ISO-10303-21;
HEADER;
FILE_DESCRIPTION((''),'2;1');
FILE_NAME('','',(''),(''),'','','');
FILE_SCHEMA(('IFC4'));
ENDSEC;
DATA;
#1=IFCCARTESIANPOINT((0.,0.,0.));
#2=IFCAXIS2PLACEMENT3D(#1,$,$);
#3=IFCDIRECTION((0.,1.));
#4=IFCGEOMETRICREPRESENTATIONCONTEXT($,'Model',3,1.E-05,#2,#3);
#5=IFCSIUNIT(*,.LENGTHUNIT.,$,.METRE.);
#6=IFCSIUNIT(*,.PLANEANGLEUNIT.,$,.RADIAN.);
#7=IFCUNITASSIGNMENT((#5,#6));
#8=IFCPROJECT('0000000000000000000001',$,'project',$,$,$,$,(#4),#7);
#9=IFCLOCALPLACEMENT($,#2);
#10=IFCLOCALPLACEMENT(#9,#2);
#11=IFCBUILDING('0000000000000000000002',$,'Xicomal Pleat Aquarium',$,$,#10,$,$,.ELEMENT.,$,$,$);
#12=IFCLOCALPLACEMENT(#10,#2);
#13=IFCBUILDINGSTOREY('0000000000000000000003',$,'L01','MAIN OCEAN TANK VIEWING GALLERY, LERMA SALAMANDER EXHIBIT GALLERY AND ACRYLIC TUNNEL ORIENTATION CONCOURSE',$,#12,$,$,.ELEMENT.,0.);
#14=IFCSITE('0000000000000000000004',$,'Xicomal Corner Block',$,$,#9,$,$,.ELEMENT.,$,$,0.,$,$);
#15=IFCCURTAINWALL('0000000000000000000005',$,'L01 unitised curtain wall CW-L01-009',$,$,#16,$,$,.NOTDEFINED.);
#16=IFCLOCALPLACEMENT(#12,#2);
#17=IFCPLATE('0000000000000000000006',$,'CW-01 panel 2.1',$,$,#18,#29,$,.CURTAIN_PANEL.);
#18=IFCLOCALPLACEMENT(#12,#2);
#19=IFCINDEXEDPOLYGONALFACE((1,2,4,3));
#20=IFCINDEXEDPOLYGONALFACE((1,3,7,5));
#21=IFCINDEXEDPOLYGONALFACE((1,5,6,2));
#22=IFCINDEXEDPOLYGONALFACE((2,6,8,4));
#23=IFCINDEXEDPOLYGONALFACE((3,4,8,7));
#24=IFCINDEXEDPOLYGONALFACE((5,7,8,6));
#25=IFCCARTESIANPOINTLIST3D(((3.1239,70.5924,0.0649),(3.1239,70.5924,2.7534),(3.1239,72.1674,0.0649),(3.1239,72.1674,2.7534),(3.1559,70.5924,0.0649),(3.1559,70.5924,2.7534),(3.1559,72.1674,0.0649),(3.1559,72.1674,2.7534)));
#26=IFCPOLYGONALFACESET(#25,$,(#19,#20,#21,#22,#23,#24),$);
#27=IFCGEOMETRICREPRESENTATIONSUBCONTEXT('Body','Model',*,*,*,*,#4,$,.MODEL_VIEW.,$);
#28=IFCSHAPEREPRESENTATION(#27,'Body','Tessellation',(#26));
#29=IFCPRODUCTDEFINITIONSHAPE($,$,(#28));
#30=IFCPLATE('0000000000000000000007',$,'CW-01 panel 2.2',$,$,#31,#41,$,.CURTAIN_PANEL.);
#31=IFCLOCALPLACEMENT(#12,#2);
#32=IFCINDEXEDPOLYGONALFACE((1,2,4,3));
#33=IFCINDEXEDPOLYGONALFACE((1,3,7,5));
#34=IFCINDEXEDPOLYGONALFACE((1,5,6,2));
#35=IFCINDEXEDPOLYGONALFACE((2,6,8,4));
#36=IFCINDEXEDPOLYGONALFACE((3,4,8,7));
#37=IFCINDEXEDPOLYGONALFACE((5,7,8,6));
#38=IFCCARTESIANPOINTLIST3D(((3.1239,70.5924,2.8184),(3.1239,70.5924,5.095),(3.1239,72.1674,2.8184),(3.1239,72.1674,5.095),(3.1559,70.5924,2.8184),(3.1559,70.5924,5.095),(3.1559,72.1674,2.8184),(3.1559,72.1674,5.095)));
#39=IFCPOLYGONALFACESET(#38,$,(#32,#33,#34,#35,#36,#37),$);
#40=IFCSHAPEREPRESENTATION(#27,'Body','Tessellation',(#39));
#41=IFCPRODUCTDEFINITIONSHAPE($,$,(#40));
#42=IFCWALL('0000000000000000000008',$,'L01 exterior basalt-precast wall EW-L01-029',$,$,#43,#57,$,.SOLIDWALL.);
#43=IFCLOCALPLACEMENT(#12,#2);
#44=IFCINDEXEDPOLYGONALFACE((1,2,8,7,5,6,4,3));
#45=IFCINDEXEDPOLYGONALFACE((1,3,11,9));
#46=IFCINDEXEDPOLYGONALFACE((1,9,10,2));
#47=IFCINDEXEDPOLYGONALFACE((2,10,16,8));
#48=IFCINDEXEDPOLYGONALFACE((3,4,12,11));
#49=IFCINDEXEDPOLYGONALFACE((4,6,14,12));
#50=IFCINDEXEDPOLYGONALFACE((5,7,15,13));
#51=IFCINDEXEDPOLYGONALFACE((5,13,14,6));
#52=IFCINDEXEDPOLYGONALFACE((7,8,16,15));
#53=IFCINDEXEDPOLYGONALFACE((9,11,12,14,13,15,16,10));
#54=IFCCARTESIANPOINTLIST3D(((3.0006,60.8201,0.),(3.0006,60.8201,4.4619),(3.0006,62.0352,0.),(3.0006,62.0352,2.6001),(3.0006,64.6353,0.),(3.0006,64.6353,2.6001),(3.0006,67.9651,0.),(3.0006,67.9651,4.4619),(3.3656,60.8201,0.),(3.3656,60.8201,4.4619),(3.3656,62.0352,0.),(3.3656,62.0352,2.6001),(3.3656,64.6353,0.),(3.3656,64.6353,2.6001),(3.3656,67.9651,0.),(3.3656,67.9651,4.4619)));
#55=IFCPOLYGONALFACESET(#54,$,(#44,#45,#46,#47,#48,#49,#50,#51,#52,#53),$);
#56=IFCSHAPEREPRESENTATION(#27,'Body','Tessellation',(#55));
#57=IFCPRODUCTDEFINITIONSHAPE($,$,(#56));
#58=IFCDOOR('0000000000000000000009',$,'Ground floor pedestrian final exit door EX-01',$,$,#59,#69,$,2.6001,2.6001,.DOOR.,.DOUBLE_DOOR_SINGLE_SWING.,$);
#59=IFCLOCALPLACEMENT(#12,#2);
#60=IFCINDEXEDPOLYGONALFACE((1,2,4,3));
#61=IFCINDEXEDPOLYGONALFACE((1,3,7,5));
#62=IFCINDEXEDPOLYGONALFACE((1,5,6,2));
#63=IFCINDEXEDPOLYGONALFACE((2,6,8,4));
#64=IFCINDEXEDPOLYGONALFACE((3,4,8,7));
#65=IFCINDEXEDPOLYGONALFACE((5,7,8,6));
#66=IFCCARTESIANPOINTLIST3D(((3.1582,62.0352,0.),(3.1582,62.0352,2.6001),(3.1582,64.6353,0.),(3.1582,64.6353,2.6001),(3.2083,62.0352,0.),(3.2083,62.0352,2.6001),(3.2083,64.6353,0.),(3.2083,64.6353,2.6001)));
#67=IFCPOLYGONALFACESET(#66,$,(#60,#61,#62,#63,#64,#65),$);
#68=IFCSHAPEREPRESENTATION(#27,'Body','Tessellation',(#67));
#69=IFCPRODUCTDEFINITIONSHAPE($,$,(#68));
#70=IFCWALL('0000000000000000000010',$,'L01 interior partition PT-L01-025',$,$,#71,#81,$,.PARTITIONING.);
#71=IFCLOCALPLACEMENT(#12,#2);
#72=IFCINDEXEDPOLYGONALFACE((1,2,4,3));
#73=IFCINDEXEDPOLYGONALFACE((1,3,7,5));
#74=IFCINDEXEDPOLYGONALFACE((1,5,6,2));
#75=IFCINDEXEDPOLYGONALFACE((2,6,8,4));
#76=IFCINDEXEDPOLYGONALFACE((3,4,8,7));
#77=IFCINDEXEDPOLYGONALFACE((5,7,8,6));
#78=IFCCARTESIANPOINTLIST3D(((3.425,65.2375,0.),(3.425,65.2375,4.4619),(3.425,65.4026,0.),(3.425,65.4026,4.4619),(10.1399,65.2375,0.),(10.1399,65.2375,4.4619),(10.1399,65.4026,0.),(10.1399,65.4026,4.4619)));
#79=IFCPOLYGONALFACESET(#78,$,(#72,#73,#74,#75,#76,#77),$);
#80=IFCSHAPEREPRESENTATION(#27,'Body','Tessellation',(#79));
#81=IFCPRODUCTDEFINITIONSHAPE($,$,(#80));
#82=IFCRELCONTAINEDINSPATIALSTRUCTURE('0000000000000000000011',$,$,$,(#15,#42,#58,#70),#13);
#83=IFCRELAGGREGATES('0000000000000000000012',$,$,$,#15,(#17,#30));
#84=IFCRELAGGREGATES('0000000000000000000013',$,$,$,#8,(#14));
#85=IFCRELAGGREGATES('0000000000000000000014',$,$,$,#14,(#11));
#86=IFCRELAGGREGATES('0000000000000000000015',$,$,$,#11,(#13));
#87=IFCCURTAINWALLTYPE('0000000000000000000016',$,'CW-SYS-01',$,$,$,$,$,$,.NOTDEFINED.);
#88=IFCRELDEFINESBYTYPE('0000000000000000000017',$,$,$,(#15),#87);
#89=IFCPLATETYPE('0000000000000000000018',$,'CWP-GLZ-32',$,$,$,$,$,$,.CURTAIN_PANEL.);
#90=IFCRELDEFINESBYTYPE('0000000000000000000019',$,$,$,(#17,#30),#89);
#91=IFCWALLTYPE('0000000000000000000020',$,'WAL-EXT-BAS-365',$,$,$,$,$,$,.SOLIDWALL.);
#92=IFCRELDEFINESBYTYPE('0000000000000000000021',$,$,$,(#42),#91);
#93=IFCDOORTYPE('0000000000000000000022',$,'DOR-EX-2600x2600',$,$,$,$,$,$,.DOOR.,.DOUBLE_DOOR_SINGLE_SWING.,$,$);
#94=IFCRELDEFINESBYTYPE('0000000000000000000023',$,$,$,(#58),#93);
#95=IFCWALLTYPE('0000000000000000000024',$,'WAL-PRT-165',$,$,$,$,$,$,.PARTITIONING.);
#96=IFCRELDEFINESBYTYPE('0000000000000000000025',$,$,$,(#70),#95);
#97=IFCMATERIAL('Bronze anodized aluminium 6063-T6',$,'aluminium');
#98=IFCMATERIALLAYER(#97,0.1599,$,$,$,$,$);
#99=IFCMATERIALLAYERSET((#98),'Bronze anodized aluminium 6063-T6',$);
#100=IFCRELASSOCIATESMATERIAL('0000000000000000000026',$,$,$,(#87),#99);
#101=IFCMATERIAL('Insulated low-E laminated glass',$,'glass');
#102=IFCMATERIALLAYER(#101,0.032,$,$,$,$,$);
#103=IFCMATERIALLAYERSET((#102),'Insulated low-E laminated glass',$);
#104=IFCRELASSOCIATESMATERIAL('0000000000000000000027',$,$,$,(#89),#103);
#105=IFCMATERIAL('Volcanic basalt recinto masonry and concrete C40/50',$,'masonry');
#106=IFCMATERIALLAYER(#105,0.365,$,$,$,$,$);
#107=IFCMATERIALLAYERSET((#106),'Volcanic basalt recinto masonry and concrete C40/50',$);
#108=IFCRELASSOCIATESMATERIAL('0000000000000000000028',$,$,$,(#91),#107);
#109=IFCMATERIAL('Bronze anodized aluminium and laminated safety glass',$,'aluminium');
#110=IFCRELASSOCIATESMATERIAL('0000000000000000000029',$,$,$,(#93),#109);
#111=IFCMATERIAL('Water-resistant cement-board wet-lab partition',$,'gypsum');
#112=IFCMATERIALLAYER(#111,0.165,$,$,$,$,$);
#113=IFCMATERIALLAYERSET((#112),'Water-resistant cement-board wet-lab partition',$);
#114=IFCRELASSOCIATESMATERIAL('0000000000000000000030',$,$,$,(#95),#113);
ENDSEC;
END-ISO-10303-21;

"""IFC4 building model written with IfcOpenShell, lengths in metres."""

from ifc_helpers import new_model, si_unit, direction, frame, frame_2d, origin, origin_2d, place, context, subcontext, project, spatial, rectangle, extrude, material, layer, layer_set, type_object, element, fill, aggregate, save


model = new_model("IFC4")

# Units and contexts
model_context = context("Model", 3, precision=1e-05, world=origin(), true_north=direction((0.0, 1.0)))
body_context = subcontext(model_context, "Body", "Model", "MODEL_VIEW")
ifc_project = project(units=[si_unit("LENGTHUNIT", "METRE"), si_unit("PLANEANGLEUNIT", "RADIAN")], contexts=[model_context])

# Site, building, storey
site_placement = place(None, origin())
site = spatial("IfcSite", under=ifc_project, at=site_placement, Name="Xicomal Corner Block", CompositionType="ELEMENT", RefElevation=0.0)
building_placement = place(site_placement, origin())
building = spatial("IfcBuilding", under=site, at=building_placement, Name="Xicomal Pleat Aquarium", CompositionType="ELEMENT")
storey_placement = place(building_placement, origin())
storey = spatial("IfcBuildingStorey", under=building, at=storey_placement, Name="L01", Description="MAIN OCEAN TANK VIEWING GALLERY, LERMA SALAMANDER EXHIBIT GALLERY AND ACRYLIC TUNNEL ORIENTATION CONCOURSE", CompositionType="ELEMENT", Elevation=0.0)

# Curtain wall
ifc_material_1 = material(Name="Bronze anodized aluminium 6063-T6", Category="aluminium")
ifc_layer_1 = layer(ifc_material_1, 0.1599)
ifc_layer_set_1 = layer_set([ifc_layer_1], Name="Bronze anodized aluminium 6063-T6")
curtain_wall_type = type_object("IfcCurtainWallType", Name="CW-SYS-01", PredefinedType="NOTDEFINED", material=ifc_layer_set_1)
curtain_wall_placement = place(storey_placement, origin())
curtain_wall = element("IfcCurtainWall", 1, at=curtain_wall_placement, inside=storey, type_object=curtain_wall_type, Name="L01 unitised curtain wall CW-L01-009", PredefinedType="NOTDEFINED")

# Plates
ifc_material_2 = material(Name="Insulated low-E laminated glass", Category="glass")
ifc_layer_2 = layer(ifc_material_2, 0.032)
ifc_layer_set_2 = layer_set([ifc_layer_2], Name="Insulated low-E laminated glass")
plate_type = type_object("IfcPlateType", Name="CWP-GLZ-32", PredefinedType="CURTAIN_PANEL", material=ifc_layer_set_2)
plate_1_placement = place(storey_placement, frame((3.1399, 71.3799, 0.0649), z_axis=(0.0, 0.0, 1.0), x_axis=(0.0, 1.0, 0.0)))
plate_1 = element("IfcPlate", 2, at=plate_1_placement, type_object=plate_type, Name="CW-01 panel 2.1", PredefinedType="CURTAIN_PANEL", context=body_context, shape_type="SweptSolid", body=[
    extrude(rectangle(XDim=1.575, YDim=0.032, at=origin_2d()), origin(), (0.0, 0.0, 1.0), 2.6885),
])
plate_2_placement = place(storey_placement, frame((3.1399, 71.3799, 2.8184), z_axis=(0.0, 0.0, 1.0), x_axis=(0.0, 1.0, 0.0)))
plate_2 = element("IfcPlate", 3, at=plate_2_placement, type_object=plate_type, Name="CW-01 panel 2.2", PredefinedType="CURTAIN_PANEL", context=body_context, shape_type="SweptSolid", body=[
    extrude(rectangle(XDim=1.575, YDim=0.032, at=origin_2d()), origin(), (0.0, 0.0, 1.0), 2.2766),
])
aggregate(curtain_wall, [plate_1, plate_2])

# Wall, opening, door
ifc_material_3 = material(Name="Volcanic basalt recinto masonry and concrete C40/50", Category="masonry")
ifc_layer_3 = layer(ifc_material_3, 0.365)
ifc_layer_set_3 = layer_set([ifc_layer_3], Name="Volcanic basalt recinto masonry and concrete C40/50")
wall_type_1 = type_object("IfcWallType", Name="WAL-EXT-BAS-365", PredefinedType="SOLIDWALL", material=ifc_layer_set_3)
wall_1_placement = place(storey_placement, frame((3.1831, 60.8201, 0.0), z_axis=(0.0, 0.0, 1.0), x_axis=(0.0, 1.0, 0.0)))
wall_1 = element("IfcWall", 4, at=wall_1_placement, inside=storey, type_object=wall_type_1, Name="L01 exterior basalt-precast wall EW-L01-029", PredefinedType="SOLIDWALL", context=body_context, shape_type="SweptSolid", body=[
    extrude(rectangle(XDim=7.145, YDim=0.365, at=frame_2d((3.5725, 0.0))), origin(), (0.0, 0.0, 1.0), 4.4619),
])
opening_placement = place(wall_1_placement, frame((1.2151, 0.0, 0.0)))
opening = element("IfcOpeningElement", 5, at=opening_placement, cuts=wall_1, PredefinedType="OPENING", context=body_context, shape_type="SweptSolid", body=[
    extrude(rectangle(XDim=2.6001, YDim=2.6001, at=frame_2d((1.3, 1.3))), frame((0.0, 0.1924, 0.0), z_axis=(0.0, -1.0, 0.0), x_axis=(1.0, 0.0, 0.0)), (0.0, 0.0, 1.0), 0.385),
])
ifc_material_4 = material(Name="Bronze anodized aluminium and laminated safety glass", Category="aluminium")
door_type = type_object("IfcDoorType", Name="DOR-EX-2600x2600", OperationType="DOUBLE_DOOR_SINGLE_SWING", PredefinedType="DOOR", material=ifc_material_4)
door_placement = place(opening_placement, origin())
door = element("IfcDoor", 6, at=door_placement, inside=storey, type_object=door_type, Name="Ground floor pedestrian final exit door EX-01", OperationType="DOUBLE_DOOR_SINGLE_SWING", OverallHeight=2.6001, OverallWidth=2.6001, PredefinedType="DOOR", context=body_context, shape_type="SweptSolid", body=[
    extrude(rectangle(XDim=2.6001, YDim=2.6001, at=frame_2d((1.3, 1.3))), frame((0.0, 0.0249, 0.0), z_axis=(0.0, -1.0, 0.0), x_axis=(1.0, 0.0, 0.0)), (0.0, 0.0, 1.0), 0.05),
])
fill(opening, door)

# Wall
ifc_material_5 = material(Name="Water-resistant cement-board wet-lab partition", Category="gypsum")
ifc_layer_4 = layer(ifc_material_5, 0.165)
ifc_layer_set_4 = layer_set([ifc_layer_4], Name="Water-resistant cement-board wet-lab partition")
wall_type_2 = type_object("IfcWallType", Name="WAL-PRT-165", PredefinedType="PARTITIONING", material=ifc_layer_set_4)
wall_2_placement = place(storey_placement, frame((3.425, 65.3201, 0.0), z_axis=(0.0, 0.0, 1.0), x_axis=(1.0, 0.0, 0.0)))
element("IfcWall", 7, at=wall_2_placement, inside=storey, type_object=wall_type_2, Name="L01 interior partition PT-L01-025", PredefinedType="PARTITIONING", context=body_context, shape_type="SweptSolid", body=[
    extrude(rectangle(XDim=6.7148, YDim=0.165, at=frame_2d((3.3574, 0.0))), origin(), (0.0, 0.0, 1.0), 4.4619),
])

save(model, "model.ifc")
